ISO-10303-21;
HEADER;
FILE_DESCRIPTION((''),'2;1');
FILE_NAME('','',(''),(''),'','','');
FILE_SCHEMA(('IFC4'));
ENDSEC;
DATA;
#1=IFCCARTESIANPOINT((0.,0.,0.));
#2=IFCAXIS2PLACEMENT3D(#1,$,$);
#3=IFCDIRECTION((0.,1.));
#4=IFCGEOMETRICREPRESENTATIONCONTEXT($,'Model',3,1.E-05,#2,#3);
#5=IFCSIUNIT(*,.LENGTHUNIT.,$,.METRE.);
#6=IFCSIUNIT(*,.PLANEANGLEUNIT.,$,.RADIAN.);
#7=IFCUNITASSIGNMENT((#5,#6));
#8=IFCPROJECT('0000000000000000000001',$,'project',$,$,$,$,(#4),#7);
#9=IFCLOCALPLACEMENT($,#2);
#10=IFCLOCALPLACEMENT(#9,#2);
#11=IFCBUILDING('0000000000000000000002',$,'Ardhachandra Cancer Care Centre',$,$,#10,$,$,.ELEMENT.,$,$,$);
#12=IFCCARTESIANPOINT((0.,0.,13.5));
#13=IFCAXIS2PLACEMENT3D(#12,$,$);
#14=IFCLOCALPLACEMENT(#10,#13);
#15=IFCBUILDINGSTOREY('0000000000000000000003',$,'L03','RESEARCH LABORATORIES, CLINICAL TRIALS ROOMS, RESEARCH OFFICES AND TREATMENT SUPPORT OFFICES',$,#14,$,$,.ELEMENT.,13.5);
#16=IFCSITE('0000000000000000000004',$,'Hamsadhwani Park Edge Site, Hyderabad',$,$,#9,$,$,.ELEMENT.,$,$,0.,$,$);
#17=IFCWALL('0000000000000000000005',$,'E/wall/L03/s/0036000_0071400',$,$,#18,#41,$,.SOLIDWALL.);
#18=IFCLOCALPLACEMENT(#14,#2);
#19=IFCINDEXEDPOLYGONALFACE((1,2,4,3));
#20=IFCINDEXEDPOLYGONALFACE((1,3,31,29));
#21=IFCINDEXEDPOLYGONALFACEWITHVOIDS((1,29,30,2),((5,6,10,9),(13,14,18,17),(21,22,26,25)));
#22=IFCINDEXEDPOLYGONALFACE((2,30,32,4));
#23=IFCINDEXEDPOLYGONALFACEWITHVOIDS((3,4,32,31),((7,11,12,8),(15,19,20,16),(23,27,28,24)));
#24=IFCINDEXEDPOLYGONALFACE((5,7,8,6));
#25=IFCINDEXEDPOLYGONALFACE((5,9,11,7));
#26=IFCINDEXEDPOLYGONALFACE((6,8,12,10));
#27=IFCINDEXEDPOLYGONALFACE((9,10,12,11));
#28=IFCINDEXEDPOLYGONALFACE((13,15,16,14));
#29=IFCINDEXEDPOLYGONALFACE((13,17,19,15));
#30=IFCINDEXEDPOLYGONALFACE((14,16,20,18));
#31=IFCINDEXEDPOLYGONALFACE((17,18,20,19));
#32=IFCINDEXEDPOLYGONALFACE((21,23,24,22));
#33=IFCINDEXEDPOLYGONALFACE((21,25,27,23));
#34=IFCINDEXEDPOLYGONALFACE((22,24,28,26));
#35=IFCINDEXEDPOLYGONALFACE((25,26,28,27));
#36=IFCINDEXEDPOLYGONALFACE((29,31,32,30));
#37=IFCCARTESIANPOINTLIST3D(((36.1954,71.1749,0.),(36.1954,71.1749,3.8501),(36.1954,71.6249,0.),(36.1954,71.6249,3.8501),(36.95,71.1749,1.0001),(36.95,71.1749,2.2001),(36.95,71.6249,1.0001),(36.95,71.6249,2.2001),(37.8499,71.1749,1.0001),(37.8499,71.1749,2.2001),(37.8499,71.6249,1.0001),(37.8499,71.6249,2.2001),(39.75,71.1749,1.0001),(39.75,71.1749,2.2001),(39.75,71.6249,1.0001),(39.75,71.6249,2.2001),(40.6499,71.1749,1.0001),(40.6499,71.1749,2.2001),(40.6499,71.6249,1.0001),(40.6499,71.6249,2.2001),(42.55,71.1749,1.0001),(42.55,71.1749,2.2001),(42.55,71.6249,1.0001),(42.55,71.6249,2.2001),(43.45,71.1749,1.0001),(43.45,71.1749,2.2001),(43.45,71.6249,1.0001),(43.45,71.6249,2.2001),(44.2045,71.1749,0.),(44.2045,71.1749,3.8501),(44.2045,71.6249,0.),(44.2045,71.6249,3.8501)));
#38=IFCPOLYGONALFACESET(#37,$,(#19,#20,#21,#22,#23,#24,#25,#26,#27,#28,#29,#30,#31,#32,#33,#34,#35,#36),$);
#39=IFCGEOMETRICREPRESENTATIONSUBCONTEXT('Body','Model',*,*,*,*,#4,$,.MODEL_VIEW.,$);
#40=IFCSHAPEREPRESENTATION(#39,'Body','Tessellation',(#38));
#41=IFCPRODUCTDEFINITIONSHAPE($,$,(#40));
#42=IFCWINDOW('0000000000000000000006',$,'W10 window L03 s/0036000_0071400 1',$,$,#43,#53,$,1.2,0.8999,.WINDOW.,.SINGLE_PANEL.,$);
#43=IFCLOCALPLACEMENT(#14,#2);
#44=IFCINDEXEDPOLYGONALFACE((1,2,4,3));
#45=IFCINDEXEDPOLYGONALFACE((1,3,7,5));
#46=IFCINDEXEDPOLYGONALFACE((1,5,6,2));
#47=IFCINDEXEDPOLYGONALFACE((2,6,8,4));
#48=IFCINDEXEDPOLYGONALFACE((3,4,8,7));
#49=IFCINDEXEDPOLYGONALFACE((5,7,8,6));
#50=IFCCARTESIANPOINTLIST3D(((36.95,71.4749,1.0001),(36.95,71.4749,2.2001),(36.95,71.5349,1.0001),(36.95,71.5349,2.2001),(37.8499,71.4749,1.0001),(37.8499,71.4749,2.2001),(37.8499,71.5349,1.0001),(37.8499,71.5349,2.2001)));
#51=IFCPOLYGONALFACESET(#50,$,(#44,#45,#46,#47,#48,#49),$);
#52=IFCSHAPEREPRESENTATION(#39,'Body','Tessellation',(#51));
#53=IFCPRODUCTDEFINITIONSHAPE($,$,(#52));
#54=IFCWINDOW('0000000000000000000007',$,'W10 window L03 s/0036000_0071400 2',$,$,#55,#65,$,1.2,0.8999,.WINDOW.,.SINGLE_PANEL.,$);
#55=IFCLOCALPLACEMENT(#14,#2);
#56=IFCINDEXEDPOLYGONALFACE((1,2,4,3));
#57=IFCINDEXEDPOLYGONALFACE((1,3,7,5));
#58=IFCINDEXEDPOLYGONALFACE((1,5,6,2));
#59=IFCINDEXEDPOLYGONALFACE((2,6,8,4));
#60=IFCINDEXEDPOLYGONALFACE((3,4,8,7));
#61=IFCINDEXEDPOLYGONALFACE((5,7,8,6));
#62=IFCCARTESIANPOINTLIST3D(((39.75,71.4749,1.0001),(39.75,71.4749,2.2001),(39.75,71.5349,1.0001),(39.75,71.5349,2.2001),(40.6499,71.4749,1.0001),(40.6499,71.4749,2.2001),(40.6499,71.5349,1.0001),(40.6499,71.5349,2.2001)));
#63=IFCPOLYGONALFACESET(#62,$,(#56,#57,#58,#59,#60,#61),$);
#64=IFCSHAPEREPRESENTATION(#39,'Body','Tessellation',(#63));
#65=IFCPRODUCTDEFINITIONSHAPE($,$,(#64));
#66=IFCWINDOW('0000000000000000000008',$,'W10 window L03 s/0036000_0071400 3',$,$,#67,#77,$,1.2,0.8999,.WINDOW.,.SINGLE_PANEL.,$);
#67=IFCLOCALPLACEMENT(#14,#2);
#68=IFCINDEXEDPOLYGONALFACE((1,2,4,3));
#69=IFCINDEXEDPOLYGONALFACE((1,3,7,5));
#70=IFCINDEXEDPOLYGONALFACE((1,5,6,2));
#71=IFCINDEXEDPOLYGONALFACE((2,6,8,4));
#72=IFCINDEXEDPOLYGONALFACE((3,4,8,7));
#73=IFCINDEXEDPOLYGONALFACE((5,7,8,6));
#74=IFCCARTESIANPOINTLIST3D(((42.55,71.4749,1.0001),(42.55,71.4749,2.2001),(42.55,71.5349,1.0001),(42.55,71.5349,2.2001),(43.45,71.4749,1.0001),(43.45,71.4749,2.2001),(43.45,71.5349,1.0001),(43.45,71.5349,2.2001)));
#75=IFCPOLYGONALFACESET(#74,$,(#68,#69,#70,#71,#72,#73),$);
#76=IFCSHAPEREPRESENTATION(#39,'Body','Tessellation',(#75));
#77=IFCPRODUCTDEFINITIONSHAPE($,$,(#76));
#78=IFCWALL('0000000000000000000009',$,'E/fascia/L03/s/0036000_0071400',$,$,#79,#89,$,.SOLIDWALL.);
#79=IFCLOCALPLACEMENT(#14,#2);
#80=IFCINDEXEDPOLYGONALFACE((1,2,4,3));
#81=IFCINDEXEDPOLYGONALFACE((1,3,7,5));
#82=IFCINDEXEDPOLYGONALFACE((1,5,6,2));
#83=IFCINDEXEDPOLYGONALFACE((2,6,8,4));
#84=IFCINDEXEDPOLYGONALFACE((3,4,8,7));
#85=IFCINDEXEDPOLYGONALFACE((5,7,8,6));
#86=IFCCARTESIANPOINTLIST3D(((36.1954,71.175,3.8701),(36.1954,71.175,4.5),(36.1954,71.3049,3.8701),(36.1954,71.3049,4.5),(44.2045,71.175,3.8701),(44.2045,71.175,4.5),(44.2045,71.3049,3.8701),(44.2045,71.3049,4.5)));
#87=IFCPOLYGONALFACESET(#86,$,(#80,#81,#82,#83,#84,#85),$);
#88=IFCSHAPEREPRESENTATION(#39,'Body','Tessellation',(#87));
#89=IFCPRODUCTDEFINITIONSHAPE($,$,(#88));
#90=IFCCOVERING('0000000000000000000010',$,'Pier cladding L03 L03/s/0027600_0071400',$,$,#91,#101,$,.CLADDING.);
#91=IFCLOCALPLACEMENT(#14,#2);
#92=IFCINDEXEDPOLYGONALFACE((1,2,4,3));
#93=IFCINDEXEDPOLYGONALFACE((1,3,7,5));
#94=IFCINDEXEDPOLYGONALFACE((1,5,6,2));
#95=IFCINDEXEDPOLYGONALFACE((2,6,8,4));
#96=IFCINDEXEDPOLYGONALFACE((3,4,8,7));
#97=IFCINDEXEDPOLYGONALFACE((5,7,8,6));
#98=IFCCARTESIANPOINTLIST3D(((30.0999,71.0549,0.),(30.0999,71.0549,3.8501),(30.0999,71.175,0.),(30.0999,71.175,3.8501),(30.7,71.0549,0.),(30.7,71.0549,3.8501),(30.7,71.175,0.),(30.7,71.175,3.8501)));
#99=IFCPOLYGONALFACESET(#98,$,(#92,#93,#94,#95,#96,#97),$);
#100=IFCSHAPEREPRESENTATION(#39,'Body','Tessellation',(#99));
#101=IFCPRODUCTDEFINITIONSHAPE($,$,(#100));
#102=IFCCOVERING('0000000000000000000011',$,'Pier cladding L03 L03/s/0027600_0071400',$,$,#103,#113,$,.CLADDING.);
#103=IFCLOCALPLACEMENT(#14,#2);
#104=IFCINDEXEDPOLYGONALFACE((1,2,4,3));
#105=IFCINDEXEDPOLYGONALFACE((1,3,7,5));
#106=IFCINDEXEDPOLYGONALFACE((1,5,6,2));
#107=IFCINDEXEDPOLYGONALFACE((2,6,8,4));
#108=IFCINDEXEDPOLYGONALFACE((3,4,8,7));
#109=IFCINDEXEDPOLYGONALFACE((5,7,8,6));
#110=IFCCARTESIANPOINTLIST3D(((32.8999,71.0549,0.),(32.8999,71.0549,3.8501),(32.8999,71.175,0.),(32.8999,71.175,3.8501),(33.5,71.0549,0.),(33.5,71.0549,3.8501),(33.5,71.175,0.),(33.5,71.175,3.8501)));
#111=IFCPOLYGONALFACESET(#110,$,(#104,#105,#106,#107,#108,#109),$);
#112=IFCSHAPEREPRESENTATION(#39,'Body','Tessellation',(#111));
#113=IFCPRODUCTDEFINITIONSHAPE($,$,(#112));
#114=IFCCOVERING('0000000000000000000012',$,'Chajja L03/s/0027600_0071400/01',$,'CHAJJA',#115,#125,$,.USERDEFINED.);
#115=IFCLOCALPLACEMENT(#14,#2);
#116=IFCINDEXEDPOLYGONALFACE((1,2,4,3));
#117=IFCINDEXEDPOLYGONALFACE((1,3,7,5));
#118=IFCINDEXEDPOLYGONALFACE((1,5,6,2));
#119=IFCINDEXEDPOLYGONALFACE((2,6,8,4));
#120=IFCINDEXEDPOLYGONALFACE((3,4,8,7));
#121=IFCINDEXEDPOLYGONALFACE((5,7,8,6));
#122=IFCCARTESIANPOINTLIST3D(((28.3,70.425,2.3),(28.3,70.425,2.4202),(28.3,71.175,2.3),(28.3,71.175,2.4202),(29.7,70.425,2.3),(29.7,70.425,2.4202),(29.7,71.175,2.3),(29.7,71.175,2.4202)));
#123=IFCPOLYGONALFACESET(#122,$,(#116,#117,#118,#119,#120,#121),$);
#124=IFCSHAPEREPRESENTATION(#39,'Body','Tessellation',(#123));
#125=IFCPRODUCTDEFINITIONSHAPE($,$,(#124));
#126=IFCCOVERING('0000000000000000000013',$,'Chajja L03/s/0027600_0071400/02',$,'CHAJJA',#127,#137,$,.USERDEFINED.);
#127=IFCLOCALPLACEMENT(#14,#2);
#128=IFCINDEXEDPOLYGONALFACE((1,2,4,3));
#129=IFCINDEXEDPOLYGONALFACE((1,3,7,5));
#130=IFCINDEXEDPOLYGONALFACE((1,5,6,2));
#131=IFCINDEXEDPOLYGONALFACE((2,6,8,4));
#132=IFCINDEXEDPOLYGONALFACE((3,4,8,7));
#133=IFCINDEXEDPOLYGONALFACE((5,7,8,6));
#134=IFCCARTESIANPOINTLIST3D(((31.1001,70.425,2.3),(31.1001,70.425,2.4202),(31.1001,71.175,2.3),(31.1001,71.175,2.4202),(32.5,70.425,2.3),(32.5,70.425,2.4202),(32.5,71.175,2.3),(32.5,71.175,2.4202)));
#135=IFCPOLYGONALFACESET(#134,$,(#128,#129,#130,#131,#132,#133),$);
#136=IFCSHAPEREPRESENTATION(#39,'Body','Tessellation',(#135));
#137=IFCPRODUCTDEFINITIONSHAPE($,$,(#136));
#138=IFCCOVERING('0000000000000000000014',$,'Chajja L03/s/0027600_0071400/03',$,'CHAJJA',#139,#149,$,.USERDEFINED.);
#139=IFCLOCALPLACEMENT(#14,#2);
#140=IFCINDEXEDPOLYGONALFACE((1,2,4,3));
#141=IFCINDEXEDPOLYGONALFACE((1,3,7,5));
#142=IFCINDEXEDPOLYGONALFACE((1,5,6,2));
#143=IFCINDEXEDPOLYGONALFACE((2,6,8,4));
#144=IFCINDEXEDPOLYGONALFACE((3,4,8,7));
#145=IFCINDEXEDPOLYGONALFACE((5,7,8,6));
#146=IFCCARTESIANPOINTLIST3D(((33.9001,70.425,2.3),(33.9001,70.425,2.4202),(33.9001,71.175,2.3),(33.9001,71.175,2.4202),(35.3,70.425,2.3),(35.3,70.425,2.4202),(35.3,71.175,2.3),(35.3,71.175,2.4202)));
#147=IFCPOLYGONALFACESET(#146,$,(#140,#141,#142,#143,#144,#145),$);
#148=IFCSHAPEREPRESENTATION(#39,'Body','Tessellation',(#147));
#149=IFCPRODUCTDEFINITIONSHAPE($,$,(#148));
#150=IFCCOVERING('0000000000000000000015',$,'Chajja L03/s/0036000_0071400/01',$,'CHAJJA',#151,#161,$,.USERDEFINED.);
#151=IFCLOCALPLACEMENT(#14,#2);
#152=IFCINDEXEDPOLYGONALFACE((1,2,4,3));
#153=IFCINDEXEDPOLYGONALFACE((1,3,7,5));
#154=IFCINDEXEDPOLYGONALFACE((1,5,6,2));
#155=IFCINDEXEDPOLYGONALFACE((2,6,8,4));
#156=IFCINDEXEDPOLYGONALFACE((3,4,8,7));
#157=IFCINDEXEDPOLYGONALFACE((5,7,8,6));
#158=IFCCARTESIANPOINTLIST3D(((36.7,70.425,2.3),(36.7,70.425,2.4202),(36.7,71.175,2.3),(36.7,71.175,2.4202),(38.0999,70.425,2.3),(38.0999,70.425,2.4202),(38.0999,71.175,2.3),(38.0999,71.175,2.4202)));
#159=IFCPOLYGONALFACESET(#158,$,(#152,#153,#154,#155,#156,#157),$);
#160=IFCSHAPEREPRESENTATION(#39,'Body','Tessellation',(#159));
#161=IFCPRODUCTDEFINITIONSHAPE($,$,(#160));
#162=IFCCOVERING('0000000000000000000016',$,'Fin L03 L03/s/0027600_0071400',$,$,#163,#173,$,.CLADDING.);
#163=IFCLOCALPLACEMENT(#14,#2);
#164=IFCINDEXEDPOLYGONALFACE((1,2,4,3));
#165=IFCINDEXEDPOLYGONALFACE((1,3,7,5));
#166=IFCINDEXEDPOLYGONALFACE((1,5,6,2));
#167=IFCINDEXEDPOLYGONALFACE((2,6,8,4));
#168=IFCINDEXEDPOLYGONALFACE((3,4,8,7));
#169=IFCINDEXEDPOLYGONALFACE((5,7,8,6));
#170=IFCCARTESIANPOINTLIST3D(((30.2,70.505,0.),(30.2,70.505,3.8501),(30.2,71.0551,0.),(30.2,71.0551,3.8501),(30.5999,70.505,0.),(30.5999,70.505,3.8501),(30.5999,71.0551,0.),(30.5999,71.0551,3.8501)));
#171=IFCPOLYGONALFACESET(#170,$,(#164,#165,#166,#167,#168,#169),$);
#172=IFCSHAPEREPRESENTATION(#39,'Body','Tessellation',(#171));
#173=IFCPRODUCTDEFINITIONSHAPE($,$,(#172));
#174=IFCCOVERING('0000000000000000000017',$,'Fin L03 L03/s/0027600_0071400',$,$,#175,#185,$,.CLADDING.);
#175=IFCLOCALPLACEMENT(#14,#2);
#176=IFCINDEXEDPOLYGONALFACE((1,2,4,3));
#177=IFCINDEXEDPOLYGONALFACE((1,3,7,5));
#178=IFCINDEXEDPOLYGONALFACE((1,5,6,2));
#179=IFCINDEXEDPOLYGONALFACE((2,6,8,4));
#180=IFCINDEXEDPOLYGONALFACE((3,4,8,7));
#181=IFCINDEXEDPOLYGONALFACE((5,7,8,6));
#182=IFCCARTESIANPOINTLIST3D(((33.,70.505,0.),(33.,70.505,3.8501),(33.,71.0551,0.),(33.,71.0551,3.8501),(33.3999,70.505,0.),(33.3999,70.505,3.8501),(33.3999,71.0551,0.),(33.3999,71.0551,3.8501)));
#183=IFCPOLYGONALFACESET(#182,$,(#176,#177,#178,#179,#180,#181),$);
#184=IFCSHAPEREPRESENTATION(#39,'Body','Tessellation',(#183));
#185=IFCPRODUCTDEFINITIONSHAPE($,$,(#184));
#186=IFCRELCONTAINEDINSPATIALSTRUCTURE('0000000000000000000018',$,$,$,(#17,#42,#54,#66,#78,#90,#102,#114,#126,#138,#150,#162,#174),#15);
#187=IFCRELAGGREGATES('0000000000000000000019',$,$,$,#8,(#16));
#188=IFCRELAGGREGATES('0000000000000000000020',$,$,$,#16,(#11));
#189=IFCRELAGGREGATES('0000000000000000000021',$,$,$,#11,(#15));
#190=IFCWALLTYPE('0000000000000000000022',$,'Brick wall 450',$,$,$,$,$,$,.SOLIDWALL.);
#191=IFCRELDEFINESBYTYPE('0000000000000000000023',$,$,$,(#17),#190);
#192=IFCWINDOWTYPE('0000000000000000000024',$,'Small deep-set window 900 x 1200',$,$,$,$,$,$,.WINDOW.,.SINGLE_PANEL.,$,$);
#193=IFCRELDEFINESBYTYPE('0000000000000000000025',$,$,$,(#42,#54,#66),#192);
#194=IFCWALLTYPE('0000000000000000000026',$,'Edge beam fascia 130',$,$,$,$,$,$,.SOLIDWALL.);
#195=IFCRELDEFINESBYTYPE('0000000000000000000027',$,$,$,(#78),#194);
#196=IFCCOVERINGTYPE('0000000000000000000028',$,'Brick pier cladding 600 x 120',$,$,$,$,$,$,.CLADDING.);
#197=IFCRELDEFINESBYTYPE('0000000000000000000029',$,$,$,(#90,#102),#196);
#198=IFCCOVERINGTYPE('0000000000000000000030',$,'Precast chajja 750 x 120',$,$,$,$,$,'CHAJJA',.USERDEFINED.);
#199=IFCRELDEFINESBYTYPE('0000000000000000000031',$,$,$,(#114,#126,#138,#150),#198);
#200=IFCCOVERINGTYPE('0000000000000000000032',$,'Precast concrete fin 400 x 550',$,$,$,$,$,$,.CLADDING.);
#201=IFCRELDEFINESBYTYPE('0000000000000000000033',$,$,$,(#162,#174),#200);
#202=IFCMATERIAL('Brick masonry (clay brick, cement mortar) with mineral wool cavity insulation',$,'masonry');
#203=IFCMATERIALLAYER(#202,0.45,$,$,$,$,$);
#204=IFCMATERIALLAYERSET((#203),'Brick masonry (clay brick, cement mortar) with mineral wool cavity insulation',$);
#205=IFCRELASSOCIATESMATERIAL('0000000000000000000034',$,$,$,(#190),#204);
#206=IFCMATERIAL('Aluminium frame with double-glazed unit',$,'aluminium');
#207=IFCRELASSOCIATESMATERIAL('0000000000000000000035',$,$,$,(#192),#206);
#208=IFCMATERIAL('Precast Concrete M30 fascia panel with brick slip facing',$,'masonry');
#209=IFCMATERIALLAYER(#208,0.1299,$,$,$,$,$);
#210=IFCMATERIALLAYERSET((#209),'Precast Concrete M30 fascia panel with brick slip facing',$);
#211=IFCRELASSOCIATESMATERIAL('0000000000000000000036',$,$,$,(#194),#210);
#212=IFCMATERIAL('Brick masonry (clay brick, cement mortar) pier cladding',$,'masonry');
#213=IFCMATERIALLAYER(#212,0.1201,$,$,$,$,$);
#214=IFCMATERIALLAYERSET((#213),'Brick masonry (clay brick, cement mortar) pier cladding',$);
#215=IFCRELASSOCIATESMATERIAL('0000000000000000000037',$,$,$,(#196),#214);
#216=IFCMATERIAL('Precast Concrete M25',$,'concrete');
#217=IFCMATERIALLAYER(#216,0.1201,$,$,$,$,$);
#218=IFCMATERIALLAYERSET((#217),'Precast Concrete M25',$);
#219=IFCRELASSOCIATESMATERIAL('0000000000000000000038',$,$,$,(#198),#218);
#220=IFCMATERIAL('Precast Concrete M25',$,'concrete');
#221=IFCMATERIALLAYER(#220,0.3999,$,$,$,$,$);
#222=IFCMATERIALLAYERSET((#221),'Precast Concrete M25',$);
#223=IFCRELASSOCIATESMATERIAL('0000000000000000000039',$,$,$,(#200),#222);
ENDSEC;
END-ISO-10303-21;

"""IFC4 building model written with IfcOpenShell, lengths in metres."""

from ifc_helpers import new_model, si_unit, direction, frame, frame_2d, origin, origin_2d, place, context, subcontext, project, spatial, rectangle, extrude, material, layer, layer_set, type_object, element, fill, save


model = new_model("IFC4")

# Units and contexts
model_context = context("Model", 3, precision=1e-05, world=origin(), true_north=direction((0.0, 1.0)))
body_context = subcontext(model_context, "Body", "Model", "MODEL_VIEW")
ifc_project = project(units=[si_unit("LENGTHUNIT", "METRE"), si_unit("PLANEANGLEUNIT", "RADIAN")], contexts=[model_context])

# Site, building, storey
site_placement = place(None, origin())
site = spatial("IfcSite", under=ifc_project, at=site_placement, Name="Hamsadhwani Park Edge Site, Hyderabad", CompositionType="ELEMENT", RefElevation=0.0)
building_placement = place(site_placement, origin())
building = spatial("IfcBuilding", under=site, at=building_placement, Name="Ardhachandra Cancer Care Centre", CompositionType="ELEMENT")
storey_placement = place(building_placement, frame((0.0, 0.0, 13.5)))
storey = spatial("IfcBuildingStorey", under=building, at=storey_placement, Name="L03", Description="RESEARCH LABORATORIES, CLINICAL TRIALS ROOMS, RESEARCH OFFICES AND TREATMENT SUPPORT OFFICES", CompositionType="ELEMENT", Elevation=13.5)

# Wall, openings, windows
ifc_material_1 = material(Name="Brick masonry (clay brick, cement mortar) with mineral wool cavity insulation", Category="masonry")
ifc_layer_1 = layer(ifc_material_1, 0.45)
ifc_layer_set_1 = layer_set([ifc_layer_1], Name="Brick masonry (clay brick, cement mortar) with mineral wool cavity insulation")
wall_type_1 = type_object("IfcWallType", Name="Brick wall 450", PredefinedType="SOLIDWALL", material=ifc_layer_set_1)
wall_1_placement = place(storey_placement, frame((36.1956, 71.3999, 0.0), z_axis=(0.0, 0.0, 1.0), x_axis=(1.0, 0.0, 0.0)))
wall_1 = element("IfcWall", 1, at=wall_1_placement, inside=storey, type_object=wall_type_1, Name="E/wall/L03/s/0036000_0071400", PredefinedType="SOLIDWALL", context=body_context, shape_type="SweptSolid", body=[
    extrude(rectangle(XDim=8.009, YDim=0.45, at=frame_2d((4.0044, 0.0))), origin(), (0.0, 0.0, 1.0), 3.8501),
])
opening_1_placement = place(wall_1_placement, frame((0.7544, 0.0, 1.0)))
opening_1 = element("IfcOpeningElement", 2, at=opening_1_placement, cuts=wall_1, PredefinedType="OPENING", context=body_context, shape_type="SweptSolid", body=[
    extrude(rectangle(XDim=0.8999, YDim=1.2, at=frame_2d((0.45, 0.6001))), frame((0.0, 0.2349, 0.0), z_axis=(0.0, -1.0, 0.0), x_axis=(1.0, 0.0, 0.0)), (0.0, 0.0, 1.0), 0.47),
])
opening_2_placement = place(wall_1_placement, frame((3.5544, 0.0, 1.0)))
opening_2 = element("IfcOpeningElement", 3, at=opening_2_placement, cuts=wall_1, PredefinedType="OPENING", context=body_context, shape_type="SweptSolid", body=[
    extrude(rectangle(XDim=0.8999, YDim=1.2, at=frame_2d((0.45, 0.6001))), frame((0.0, 0.2349, 0.0), z_axis=(0.0, -1.0, 0.0), x_axis=(1.0, 0.0, 0.0)), (0.0, 0.0, 1.0), 0.47),
])
opening_3_placement = place(wall_1_placement, frame((6.3545, 0.0, 1.0)))
opening_3 = element("IfcOpeningElement", 4, at=opening_3_placement, cuts=wall_1, PredefinedType="OPENING", context=body_context, shape_type="SweptSolid", body=[
    extrude(rectangle(XDim=0.8999, YDim=1.2, at=frame_2d((0.45, 0.6001))), frame((0.0, 0.2349, 0.0), z_axis=(0.0, -1.0, 0.0), x_axis=(1.0, 0.0, 0.0)), (0.0, 0.0, 1.0), 0.47),
])
ifc_material_2 = material(Name="Aluminium frame with double-glazed unit", Category="aluminium")
window_type = type_object("IfcWindowType", Name="Small deep-set window 900 x 1200", PartitioningType="SINGLE_PANEL", PredefinedType="WINDOW", material=ifc_material_2)
window_1_placement = place(opening_1_placement, origin())
window_1 = element("IfcWindow", 5, at=window_1_placement, inside=storey, type_object=window_type, Name="W10 window L03 s/0036000_0071400 1", OverallHeight=1.2, OverallWidth=0.8999, PartitioningType="SINGLE_PANEL", PredefinedType="WINDOW", context=body_context, shape_type="SweptSolid", body=[
    extrude(rectangle(XDim=0.8999, YDim=1.2, at=frame_2d((0.45, 0.6001))), frame((0.0, 0.135, 0.0), z_axis=(0.0, -1.0, 0.0), x_axis=(1.0, 0.0, 0.0)), (0.0, 0.0, 1.0), 0.0601),
])
fill(opening_1, window_1)
window_2_placement = place(opening_2_placement, origin())
window_2 = element("IfcWindow", 6, at=window_2_placement, inside=storey, type_object=window_type, Name="W10 window L03 s/0036000_0071400 2", OverallHeight=1.2, OverallWidth=0.8999, PartitioningType="SINGLE_PANEL", PredefinedType="WINDOW", context=body_context, shape_type="SweptSolid", body=[
    extrude(rectangle(XDim=0.8999, YDim=1.2, at=frame_2d((0.45, 0.6001))), frame((0.0, 0.135, 0.0), z_axis=(0.0, -1.0, 0.0), x_axis=(1.0, 0.0, 0.0)), (0.0, 0.0, 1.0), 0.0601),
])
fill(opening_2, window_2)
window_3_placement = place(opening_3_placement, origin())
window_3 = element("IfcWindow", 7, at=window_3_placement, inside=storey, type_object=window_type, Name="W10 window L03 s/0036000_0071400 3", OverallHeight=1.2, OverallWidth=0.8999, PartitioningType="SINGLE_PANEL", PredefinedType="WINDOW", context=body_context, shape_type="SweptSolid", body=[
    extrude(rectangle(XDim=0.8999, YDim=1.2, at=frame_2d((0.45, 0.6001))), frame((0.0, 0.135, 0.0), z_axis=(0.0, -1.0, 0.0), x_axis=(1.0, 0.0, 0.0)), (0.0, 0.0, 1.0), 0.0601),
])
fill(opening_3, window_3)

# Wall
ifc_material_3 = material(Name="Precast Concrete M30 fascia panel with brick slip facing", Category="masonry")
ifc_layer_2 = layer(ifc_material_3, 0.1299)
ifc_layer_set_2 = layer_set([ifc_layer_2], Name="Precast Concrete M30 fascia panel with brick slip facing")
wall_type_2 = type_object("IfcWallType", Name="Edge beam fascia 130", PredefinedType="SOLIDWALL", material=ifc_layer_set_2)
wall_2_placement = place(storey_placement, frame((36.1956, 71.24, 3.8701), z_axis=(0.0, 0.0, 1.0), x_axis=(1.0, 0.0, 0.0)))
element("IfcWall", 8, at=wall_2_placement, inside=storey, type_object=wall_type_2, Name="E/fascia/L03/s/0036000_0071400", PredefinedType="SOLIDWALL", context=body_context, shape_type="SweptSolid", body=[
    extrude(rectangle(XDim=8.009, YDim=0.1299, at=frame_2d((4.0044, 0.0))), origin(), (0.0, 0.0, 1.0), 0.6299),
])

# Coverings
ifc_material_4 = material(Name="Brick masonry (clay brick, cement mortar) pier cladding", Category="masonry")
ifc_layer_3 = layer(ifc_material_4, 0.1201)
ifc_layer_set_3 = layer_set([ifc_layer_3], Name="Brick masonry (clay brick, cement mortar) pier cladding")
covering_type_1 = type_object("IfcCoveringType", Name="Brick pier cladding 600 x 120", PredefinedType="CLADDING", material=ifc_layer_set_3)
for number, where, z_axis, x_axis, name in (
    (9, (30.3999, 71.115, 0.0), (0.0, 0.0, 1.0), (1.0, 0.0, 0.0), "Pier cladding L03 L03/s/0027600_0071400"),
    (10, (33.2, 71.115, 0.0), (0.0, 0.0, 1.0), (1.0, 0.0, 0.0), "Pier cladding L03 L03/s/0027600_0071400"),
):
    element("IfcCovering", number, at=place(storey_placement, frame(where, z_axis=z_axis, x_axis=x_axis)), inside=storey, type_object=covering_type_1, Name=name, PredefinedType="CLADDING", context=body_context, shape_type="SweptSolid", body=[
        extrude(rectangle(XDim=0.6001, YDim=0.1201, at=origin_2d()), origin(), (0.0, 0.0, 1.0), 3.8501),
    ])
ifc_material_5 = material(Name="Precast Concrete M25", Category="concrete")
ifc_layer_4 = layer(ifc_material_5, 0.1201)
ifc_layer_set_4 = layer_set([ifc_layer_4], Name="Precast Concrete M25")
covering_type_2 = type_object("IfcCoveringType", Name="Precast chajja 750 x 120", ElementType="CHAJJA", PredefinedType="USERDEFINED", material=ifc_layer_set_4)
for number, where, z_axis, x_axis, name in (
    (11, (29.0, 70.8, 2.3), (0.0, 0.0, 1.0), (1.0, 0.0, 0.0), "Chajja L03/s/0027600_0071400/01"),
    (12, (31.8, 70.8, 2.3), (0.0, 0.0, 1.0), (1.0, 0.0, 0.0), "Chajja L03/s/0027600_0071400/02"),
    (13, (34.6001, 70.8, 2.3), (0.0, 0.0, 1.0), (1.0, 0.0, 0.0), "Chajja L03/s/0027600_0071400/03"),
    (14, (37.3999, 70.8, 2.3), (0.0, 0.0, 1.0), (1.0, 0.0, 0.0), "Chajja L03/s/0036000_0071400/01"),
):
    element("IfcCovering", number, at=place(storey_placement, frame(where, z_axis=z_axis, x_axis=x_axis)), inside=storey, type_object=covering_type_2, Name=name, ObjectType="CHAJJA", PredefinedType="USERDEFINED", context=body_context, shape_type="SweptSolid", body=[
        extrude(rectangle(XDim=1.3999, YDim=0.75, at=origin_2d()), origin(), (0.0, 0.0, 1.0), 0.1201),
    ])
ifc_material_6 = material(Name="Precast Concrete M25", Category="concrete")
ifc_layer_5 = layer(ifc_material_6, 0.3999)
ifc_layer_set_5 = layer_set([ifc_layer_5], Name="Precast Concrete M25")
covering_type_3 = type_object("IfcCoveringType", Name="Precast concrete fin 400 x 550", PredefinedType="CLADDING", material=ifc_layer_set_5)
for number, where, z_axis, x_axis, name in (
    (15, (30.3999, 70.78, 0.0), (0.0, 0.0, 1.0), (1.0, 0.0, 0.0), "Fin L03 L03/s/0027600_0071400"),
    (16, (33.2, 70.78, 0.0), (0.0, 0.0, 1.0), (1.0, 0.0, 0.0), "Fin L03 L03/s/0027600_0071400"),
):
    element("IfcCovering", number, at=place(storey_placement, frame(where, z_axis=z_axis, x_axis=x_axis)), inside=storey, type_object=covering_type_3, Name=name, PredefinedType="CLADDING", context=body_context, shape_type="SweptSolid", body=[
        extrude(rectangle(XDim=0.3999, YDim=0.55, at=origin_2d()), origin(), (0.0, 0.0, 1.0), 3.8501),
    ])

save(model, "model.ifc")
